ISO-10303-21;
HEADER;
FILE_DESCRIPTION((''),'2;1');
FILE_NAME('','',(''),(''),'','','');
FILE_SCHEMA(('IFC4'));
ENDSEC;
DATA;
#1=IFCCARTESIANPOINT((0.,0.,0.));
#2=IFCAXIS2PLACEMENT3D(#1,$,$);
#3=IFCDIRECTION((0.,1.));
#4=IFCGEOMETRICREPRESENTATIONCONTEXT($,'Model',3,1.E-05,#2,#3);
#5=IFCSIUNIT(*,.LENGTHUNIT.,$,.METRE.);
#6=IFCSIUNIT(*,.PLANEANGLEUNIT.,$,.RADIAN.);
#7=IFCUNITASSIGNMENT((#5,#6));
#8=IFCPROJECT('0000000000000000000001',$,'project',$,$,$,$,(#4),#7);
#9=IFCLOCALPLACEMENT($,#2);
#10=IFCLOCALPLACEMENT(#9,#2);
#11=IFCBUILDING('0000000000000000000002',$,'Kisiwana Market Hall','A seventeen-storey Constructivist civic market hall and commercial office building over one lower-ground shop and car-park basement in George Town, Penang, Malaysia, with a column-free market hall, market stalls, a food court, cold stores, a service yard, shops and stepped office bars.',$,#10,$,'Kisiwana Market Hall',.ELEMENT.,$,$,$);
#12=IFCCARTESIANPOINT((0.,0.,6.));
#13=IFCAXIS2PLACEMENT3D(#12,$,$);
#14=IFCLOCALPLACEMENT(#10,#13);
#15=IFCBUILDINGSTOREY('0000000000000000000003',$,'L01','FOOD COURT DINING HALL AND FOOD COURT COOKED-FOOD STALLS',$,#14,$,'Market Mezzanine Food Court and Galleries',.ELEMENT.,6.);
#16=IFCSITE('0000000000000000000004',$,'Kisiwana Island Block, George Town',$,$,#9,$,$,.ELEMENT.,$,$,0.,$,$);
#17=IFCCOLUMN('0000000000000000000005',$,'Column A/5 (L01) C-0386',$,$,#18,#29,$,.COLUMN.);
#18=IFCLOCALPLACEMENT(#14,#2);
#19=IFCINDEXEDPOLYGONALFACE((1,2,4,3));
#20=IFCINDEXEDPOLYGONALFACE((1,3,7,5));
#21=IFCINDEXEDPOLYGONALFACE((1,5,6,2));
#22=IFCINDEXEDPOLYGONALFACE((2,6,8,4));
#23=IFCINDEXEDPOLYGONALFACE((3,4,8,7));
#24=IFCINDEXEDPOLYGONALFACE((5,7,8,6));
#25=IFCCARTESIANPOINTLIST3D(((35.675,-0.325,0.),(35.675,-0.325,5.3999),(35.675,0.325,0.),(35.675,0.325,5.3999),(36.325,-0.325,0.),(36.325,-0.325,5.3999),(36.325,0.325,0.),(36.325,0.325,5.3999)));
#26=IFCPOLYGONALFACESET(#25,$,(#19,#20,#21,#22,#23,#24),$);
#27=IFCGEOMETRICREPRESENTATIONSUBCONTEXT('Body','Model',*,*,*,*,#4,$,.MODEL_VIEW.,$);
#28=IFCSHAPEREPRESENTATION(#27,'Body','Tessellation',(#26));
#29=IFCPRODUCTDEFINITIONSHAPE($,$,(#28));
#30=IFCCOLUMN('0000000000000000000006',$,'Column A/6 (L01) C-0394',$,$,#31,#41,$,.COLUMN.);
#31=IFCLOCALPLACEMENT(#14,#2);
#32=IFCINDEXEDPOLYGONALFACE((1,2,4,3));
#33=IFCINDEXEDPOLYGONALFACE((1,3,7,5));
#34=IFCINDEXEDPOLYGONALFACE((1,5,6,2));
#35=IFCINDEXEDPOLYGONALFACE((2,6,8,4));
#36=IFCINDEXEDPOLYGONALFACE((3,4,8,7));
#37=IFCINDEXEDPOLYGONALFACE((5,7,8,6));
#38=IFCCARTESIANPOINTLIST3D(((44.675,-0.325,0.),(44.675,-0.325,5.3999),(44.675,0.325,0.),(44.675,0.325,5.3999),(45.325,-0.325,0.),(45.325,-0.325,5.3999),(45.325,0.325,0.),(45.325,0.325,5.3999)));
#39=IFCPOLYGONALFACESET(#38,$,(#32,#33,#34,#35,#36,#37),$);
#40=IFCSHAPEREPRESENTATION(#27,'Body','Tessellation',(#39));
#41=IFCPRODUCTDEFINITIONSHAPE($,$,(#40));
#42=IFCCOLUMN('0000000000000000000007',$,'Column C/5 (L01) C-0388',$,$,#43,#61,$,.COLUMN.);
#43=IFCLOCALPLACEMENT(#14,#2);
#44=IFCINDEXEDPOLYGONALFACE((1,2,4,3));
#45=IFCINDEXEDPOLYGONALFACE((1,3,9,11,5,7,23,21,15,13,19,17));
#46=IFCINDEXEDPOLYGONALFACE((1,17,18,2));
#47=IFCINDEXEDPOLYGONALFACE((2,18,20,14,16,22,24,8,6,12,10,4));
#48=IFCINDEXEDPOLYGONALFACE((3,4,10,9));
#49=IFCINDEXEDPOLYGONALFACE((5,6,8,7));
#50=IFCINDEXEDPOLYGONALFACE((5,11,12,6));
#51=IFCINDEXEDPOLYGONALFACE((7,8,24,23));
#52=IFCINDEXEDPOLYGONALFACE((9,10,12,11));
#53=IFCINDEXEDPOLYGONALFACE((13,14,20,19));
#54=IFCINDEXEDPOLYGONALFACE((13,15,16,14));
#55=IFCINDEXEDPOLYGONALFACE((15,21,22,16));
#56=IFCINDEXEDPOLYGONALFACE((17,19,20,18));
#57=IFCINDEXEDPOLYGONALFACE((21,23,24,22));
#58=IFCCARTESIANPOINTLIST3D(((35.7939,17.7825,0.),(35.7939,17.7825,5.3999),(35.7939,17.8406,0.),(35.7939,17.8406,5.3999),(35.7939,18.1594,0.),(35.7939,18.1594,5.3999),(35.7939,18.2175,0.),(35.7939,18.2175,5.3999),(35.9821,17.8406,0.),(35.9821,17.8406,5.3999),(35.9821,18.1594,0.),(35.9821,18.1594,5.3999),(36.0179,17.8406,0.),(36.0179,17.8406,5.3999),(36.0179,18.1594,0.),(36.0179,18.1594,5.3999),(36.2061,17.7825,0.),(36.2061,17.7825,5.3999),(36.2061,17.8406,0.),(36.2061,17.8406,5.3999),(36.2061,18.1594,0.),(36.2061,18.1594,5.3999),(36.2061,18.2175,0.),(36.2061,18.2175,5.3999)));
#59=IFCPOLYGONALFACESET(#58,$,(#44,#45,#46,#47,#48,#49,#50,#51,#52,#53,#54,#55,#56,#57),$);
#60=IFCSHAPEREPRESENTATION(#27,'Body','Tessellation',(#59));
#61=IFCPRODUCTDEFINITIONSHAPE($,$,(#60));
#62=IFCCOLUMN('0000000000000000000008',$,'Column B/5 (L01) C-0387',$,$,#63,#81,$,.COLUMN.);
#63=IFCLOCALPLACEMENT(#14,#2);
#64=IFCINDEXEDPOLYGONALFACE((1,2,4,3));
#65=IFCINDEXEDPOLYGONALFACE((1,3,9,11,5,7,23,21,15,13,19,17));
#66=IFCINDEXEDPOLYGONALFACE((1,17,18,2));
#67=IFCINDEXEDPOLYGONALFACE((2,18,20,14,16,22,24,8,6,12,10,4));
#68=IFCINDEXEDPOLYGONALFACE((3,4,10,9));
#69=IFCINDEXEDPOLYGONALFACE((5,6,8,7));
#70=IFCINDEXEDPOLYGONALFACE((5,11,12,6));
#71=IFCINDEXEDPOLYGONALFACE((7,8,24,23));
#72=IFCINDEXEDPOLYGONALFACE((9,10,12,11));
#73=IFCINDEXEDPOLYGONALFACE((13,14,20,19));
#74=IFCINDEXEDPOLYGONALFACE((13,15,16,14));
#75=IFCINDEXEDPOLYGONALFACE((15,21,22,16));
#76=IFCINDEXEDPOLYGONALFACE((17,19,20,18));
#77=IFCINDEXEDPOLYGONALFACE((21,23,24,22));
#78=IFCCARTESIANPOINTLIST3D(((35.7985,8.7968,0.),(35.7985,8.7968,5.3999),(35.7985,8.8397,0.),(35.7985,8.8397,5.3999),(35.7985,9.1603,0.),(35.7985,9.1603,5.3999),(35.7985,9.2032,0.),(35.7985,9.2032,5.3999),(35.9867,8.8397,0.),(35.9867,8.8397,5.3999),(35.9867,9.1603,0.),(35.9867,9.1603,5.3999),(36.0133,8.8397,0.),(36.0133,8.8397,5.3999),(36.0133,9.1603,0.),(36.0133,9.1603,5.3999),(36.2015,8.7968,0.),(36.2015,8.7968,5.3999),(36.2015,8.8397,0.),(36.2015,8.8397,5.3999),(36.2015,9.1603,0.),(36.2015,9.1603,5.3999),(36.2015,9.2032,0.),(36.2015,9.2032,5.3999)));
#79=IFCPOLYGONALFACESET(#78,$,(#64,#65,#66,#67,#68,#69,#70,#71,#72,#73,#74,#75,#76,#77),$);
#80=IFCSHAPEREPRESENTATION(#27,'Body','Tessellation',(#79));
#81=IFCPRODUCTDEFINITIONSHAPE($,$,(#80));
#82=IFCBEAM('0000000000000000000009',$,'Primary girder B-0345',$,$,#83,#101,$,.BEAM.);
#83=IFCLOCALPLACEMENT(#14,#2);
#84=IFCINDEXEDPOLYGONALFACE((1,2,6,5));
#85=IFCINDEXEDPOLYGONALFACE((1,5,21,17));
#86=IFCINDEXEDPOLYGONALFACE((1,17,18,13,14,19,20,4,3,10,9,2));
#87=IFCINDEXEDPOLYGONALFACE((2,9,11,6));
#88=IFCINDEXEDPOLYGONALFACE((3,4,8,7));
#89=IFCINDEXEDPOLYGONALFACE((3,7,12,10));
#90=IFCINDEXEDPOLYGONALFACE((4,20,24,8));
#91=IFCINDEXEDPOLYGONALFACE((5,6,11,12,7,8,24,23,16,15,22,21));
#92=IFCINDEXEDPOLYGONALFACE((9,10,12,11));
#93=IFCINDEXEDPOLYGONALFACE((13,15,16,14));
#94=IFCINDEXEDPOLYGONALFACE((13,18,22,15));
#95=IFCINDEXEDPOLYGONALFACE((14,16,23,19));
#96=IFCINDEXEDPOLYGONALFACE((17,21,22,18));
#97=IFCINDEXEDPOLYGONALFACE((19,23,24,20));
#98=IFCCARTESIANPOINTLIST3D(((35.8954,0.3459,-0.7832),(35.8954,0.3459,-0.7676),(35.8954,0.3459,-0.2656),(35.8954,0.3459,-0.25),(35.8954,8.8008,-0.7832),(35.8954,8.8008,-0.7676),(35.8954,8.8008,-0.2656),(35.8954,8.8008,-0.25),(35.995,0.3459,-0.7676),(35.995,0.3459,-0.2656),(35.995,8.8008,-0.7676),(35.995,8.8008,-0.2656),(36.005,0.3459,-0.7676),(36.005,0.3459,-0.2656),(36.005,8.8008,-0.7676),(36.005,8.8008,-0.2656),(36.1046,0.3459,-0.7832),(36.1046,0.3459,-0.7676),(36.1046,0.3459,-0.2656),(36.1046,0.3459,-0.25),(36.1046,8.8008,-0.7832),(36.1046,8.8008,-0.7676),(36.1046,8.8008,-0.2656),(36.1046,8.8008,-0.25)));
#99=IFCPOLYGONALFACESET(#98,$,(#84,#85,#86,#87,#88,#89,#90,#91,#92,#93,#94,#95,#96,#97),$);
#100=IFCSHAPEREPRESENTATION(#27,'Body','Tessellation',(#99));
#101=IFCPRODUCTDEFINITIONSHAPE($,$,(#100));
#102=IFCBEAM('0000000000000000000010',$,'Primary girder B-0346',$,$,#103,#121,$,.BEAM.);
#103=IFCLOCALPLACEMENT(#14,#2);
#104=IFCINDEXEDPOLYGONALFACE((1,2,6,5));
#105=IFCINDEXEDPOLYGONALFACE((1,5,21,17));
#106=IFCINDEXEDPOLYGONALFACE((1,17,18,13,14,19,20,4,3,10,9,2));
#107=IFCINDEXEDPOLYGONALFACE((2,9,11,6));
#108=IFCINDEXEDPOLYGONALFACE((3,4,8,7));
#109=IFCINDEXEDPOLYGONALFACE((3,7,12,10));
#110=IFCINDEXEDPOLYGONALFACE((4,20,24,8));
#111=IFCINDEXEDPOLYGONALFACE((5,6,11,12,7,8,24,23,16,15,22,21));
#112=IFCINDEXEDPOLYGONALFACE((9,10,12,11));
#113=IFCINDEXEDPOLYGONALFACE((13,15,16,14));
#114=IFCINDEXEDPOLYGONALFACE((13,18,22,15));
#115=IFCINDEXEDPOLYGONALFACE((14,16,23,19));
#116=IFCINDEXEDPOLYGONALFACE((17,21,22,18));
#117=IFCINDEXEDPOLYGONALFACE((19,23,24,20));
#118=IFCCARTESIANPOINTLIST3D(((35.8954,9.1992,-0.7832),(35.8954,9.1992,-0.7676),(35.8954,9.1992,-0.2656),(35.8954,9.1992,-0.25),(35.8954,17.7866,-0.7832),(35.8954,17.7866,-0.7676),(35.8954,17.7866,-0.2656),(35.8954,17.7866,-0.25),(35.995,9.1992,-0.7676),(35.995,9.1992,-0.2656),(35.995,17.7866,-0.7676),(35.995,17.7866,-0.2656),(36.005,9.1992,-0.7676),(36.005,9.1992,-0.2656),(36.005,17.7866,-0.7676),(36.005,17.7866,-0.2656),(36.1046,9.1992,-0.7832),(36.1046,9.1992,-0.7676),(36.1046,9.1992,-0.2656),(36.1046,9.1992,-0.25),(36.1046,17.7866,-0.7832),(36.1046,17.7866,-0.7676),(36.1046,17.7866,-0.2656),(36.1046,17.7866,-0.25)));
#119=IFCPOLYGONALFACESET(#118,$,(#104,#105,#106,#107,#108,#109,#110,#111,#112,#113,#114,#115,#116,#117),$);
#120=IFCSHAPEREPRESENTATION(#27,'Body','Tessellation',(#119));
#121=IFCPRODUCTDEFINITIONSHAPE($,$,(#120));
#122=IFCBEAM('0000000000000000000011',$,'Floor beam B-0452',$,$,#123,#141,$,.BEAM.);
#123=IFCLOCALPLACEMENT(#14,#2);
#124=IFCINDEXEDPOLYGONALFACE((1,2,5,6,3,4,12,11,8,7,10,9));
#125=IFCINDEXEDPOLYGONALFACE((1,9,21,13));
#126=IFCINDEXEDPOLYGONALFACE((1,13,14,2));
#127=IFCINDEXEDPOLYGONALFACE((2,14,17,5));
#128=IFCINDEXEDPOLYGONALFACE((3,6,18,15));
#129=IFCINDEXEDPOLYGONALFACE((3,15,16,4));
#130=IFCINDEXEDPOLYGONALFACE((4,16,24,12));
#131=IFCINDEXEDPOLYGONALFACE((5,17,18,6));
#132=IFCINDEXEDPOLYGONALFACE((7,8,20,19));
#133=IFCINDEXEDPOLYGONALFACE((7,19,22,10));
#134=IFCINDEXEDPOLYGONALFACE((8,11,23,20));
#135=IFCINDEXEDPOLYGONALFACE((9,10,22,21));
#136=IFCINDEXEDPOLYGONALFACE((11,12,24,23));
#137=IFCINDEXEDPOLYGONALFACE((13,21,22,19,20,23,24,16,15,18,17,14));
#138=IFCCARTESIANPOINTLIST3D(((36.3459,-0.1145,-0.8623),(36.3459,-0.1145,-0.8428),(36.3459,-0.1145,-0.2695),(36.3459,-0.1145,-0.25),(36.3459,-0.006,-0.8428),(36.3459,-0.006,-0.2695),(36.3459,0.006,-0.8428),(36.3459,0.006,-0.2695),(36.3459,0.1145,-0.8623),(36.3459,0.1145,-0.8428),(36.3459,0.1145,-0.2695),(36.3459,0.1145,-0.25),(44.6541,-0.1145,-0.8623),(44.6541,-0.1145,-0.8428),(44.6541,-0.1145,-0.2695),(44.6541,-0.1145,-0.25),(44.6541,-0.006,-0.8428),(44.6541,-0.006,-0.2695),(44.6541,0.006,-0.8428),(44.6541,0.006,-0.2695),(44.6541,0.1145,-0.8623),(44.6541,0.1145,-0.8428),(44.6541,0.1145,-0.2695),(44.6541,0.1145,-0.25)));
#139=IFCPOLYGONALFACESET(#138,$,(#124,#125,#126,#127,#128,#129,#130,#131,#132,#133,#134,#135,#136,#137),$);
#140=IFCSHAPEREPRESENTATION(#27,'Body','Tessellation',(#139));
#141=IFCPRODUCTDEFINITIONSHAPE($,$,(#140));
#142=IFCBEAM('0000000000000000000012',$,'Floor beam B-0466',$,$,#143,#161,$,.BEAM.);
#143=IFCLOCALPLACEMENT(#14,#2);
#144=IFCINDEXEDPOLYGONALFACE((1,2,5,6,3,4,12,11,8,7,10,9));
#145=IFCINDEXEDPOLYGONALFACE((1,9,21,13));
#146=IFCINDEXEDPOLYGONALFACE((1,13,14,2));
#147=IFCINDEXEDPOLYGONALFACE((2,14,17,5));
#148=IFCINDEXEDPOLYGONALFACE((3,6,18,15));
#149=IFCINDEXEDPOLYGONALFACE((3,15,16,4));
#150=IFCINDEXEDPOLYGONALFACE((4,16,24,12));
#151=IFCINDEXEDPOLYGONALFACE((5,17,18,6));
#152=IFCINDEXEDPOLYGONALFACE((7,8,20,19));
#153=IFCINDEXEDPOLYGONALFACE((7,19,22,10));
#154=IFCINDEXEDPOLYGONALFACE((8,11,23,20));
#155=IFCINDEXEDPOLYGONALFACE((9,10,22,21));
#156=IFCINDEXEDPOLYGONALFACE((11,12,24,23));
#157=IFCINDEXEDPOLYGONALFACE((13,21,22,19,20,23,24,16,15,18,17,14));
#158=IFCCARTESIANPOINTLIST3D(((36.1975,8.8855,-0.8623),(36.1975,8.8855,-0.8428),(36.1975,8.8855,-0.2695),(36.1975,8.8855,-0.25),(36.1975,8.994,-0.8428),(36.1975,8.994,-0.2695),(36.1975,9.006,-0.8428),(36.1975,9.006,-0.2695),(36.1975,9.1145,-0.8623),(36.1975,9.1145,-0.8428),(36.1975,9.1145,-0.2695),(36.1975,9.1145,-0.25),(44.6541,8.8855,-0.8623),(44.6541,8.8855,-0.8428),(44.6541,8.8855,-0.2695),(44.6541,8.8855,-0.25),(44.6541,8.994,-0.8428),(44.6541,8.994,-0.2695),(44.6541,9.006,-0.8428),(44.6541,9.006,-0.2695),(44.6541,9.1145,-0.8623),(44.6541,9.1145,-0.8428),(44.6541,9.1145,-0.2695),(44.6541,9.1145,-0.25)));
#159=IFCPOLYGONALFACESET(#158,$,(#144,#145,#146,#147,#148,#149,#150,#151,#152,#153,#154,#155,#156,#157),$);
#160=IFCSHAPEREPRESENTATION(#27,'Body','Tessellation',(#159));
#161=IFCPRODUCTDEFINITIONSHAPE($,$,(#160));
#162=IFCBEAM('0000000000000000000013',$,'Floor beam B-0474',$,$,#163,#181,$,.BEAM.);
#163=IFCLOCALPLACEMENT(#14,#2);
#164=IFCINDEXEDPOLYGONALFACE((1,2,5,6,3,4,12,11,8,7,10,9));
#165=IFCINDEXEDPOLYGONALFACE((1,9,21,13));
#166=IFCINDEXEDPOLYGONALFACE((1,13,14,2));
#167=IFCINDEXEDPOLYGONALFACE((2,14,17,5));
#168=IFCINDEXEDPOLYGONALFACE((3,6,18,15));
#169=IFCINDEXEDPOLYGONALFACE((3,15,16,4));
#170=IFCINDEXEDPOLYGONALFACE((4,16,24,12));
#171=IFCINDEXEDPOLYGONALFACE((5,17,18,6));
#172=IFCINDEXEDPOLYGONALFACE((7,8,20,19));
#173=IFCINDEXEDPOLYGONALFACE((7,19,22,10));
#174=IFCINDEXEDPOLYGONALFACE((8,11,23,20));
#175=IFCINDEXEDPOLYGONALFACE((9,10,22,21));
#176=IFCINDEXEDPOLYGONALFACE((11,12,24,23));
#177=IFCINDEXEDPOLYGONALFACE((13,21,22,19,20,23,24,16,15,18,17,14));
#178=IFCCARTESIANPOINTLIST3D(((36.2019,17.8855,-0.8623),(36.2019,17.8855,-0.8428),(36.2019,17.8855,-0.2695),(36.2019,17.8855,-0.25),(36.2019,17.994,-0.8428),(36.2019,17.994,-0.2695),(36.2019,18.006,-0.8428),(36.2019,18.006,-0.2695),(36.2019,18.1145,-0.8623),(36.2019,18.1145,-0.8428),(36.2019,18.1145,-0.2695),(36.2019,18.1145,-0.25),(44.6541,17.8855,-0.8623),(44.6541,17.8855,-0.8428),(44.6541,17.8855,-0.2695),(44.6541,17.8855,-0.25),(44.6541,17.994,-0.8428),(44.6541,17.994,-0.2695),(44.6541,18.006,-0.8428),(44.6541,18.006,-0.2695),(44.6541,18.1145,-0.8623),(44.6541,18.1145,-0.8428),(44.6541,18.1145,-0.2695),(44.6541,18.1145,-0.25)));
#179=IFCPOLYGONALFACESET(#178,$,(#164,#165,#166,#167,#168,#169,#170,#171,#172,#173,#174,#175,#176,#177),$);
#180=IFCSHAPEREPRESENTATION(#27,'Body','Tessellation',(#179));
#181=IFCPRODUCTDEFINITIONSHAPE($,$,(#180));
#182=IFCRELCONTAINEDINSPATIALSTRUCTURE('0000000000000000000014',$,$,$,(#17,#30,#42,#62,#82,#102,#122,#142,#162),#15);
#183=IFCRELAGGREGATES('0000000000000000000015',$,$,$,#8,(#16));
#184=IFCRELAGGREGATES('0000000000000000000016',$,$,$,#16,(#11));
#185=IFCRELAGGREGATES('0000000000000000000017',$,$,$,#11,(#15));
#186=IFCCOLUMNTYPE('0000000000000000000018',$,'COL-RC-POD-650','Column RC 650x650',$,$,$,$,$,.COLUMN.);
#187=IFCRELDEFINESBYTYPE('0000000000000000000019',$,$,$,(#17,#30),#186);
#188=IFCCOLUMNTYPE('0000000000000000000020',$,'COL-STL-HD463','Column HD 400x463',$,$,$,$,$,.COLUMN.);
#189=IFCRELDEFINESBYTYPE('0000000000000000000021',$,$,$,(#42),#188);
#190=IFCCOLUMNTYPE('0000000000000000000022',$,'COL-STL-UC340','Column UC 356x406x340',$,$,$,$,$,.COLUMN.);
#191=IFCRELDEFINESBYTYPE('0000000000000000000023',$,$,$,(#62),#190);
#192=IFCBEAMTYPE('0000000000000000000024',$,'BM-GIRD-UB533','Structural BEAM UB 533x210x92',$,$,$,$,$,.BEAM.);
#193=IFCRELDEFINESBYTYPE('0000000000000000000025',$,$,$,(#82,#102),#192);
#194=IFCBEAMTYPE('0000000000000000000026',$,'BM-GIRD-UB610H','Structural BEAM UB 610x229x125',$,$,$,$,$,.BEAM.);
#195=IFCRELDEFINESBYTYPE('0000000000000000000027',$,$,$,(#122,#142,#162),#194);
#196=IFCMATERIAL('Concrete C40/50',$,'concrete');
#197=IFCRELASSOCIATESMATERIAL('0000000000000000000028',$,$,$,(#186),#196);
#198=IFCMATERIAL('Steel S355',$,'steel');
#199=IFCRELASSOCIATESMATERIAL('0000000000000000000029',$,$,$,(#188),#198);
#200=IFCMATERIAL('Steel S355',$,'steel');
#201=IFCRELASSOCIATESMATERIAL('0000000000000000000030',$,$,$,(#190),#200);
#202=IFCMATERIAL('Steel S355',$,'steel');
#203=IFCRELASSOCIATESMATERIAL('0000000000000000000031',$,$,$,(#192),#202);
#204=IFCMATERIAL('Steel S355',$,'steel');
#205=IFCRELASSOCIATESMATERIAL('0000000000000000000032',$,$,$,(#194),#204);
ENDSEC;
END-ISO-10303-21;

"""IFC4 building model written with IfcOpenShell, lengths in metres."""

from ifc_helpers import new_model, si_unit, direction, frame, origin, origin_2d, place, context, subcontext, project, spatial, rectangle, i_section, extrude, material, material_profile, profile_set, type_object, element, save


model = new_model("IFC4")

# Units and contexts
model_context = context("Model", 3, precision=1e-05, world=origin(), true_north=direction((0.0, 1.0)))
body_context = subcontext(model_context, "Body", "Model", "MODEL_VIEW")
ifc_project = project(units=[si_unit("LENGTHUNIT", "METRE"), si_unit("PLANEANGLEUNIT", "RADIAN")], contexts=[model_context])

# Site, building, storey
site_placement = place(None, origin())
site = spatial("IfcSite", under=ifc_project, at=site_placement, Name="Kisiwana Island Block, George Town", CompositionType="ELEMENT", RefElevation=0.0)
building_placement = place(site_placement, origin())
building = spatial("IfcBuilding", under=site, at=building_placement, Name="Kisiwana Market Hall", Description="A seventeen-storey Constructivist civic market hall and commercial office building over one lower-ground shop and car-park basement in George Town, Penang, Malaysia, with a column-free market hall, market stalls, a food court, cold stores, a service yard, shops and stepped office bars.", LongName="Kisiwana Market Hall", CompositionType="ELEMENT")
storey_placement = place(building_placement, frame((0.0, 0.0, 6.0)))
storey = spatial("IfcBuildingStorey", under=building, at=storey_placement, Name="L01", Description="FOOD COURT DINING HALL AND FOOD COURT COOKED-FOOD STALLS", LongName="Market Mezzanine Food Court and Galleries", CompositionType="ELEMENT", Elevation=6.0)

# Columns
ifc_material_1 = material(Name="Concrete C40/50", Category="concrete")
ifc_material_profile_1 = material_profile(ifc_material_1, rectangle(XDim=0.6499, YDim=0.6499, at=origin_2d()), Name="RC 650x650")
ifc_profile_set_1 = profile_set([ifc_material_profile_1], Name="Concrete C40/50")
column_type_1 = type_object("IfcColumnType", Name="COL-RC-POD-650", Description="Column RC 650x650", PredefinedType="COLUMN", material=ifc_profile_set_1)
for number, where, z_axis, x_axis, name in (
    (1, (36.0, 0.0, 0.0), (0.0, 0.0, 1.0), (1.0, 0.0, 0.0), "Column A/5 (L01) C-0386"),
    (2, (45.0, 0.0, 0.0), (0.0, 0.0, 1.0), (1.0, 0.0, 0.0), "Column A/6 (L01) C-0394"),
):
    element("IfcColumn", number, at=place(storey_placement, frame(where, z_axis=z_axis, x_axis=x_axis)), inside=storey, type_object=column_type_1, Name=name, PredefinedType="COLUMN", context=body_context, shape_type="SweptSolid", body=[
        extrude(rectangle(XDim=0.6499, YDim=0.6499, at=origin_2d()), origin(), (0.0, 0.0, 1.0), 5.3999),
    ])
ifc_material_2 = material(Name="Steel S355", Category="steel")
ifc_material_profile_2 = material_profile(ifc_material_2, i_section(OverallWidth=0.4121, OverallDepth=0.4351, WebThickness=0.0359, FlangeThickness=0.0581, at=origin_2d()), Name="HD 400x463")
ifc_profile_set_2 = profile_set([ifc_material_profile_2], Name="Steel S355")
column_type_2 = type_object("IfcColumnType", Name="COL-STL-HD463", Description="Column HD 400x463", PredefinedType="COLUMN", material=ifc_profile_set_2)
column_1_placement = place(storey_placement, frame((36.0, 18.0, 0.0), z_axis=(0.0, 0.0, 1.0), x_axis=(1.0, 0.0, 0.0)))
element("IfcColumn", 3, at=column_1_placement, inside=storey, type_object=column_type_2, Name="Column C/5 (L01) C-0388", PredefinedType="COLUMN", context=body_context, shape_type="SweptSolid", body=[
    extrude(i_section(OverallWidth=0.4121, OverallDepth=0.4351, WebThickness=0.0359, FlangeThickness=0.0581, at=origin_2d()), origin(), (0.0, 0.0, 1.0), 5.3999),
])
ifc_material_3 = material(Name="Steel S355", Category="steel")
ifc_material_profile_3 = material_profile(ifc_material_3, i_section(OverallWidth=0.4031, OverallDepth=0.4065, WebThickness=0.0266, FlangeThickness=0.043, at=origin_2d()), Name="UC 356x406x340")
ifc_profile_set_3 = profile_set([ifc_material_profile_3], Name="Steel S355")
column_type_3 = type_object("IfcColumnType", Name="COL-STL-UC340", Description="Column UC 356x406x340", PredefinedType="COLUMN", material=ifc_profile_set_3)
column_2_placement = place(storey_placement, frame((36.0, 9.0, 0.0), z_axis=(0.0, 0.0, 1.0), x_axis=(1.0, 0.0, 0.0)))
element("IfcColumn", 4, at=column_2_placement, inside=storey, type_object=column_type_3, Name="Column B/5 (L01) C-0387", PredefinedType="COLUMN", context=body_context, shape_type="SweptSolid", body=[
    extrude(i_section(OverallWidth=0.4031, OverallDepth=0.4065, WebThickness=0.0266, FlangeThickness=0.043, at=origin_2d()), origin(), (0.0, 0.0, 1.0), 5.3999),
])

# Beams
ifc_material_4 = material(Name="Steel S355", Category="steel")
ifc_material_profile_4 = material_profile(ifc_material_4, i_section(OverallWidth=0.2092, OverallDepth=0.5332, WebThickness=0.01, FlangeThickness=0.0156, at=origin_2d()), Name="UB 533x210x92")
ifc_profile_set_4 = profile_set([ifc_material_profile_4], Name="Steel S355")
beam_type_1 = type_object("IfcBeamType", Name="BM-GIRD-UB533", Description="Structural BEAM UB 533x210x92", PredefinedType="BEAM", material=ifc_profile_set_4)
beam_1_placement = place(storey_placement, frame((36.0, 0.3459, -0.5166), z_axis=(0.0, 1.0, 0.0), x_axis=(-1.0, 0.0, 0.0)))
element("IfcBeam", 5, at=beam_1_placement, inside=storey, type_object=beam_type_1, Name="Primary girder B-0345", PredefinedType="BEAM", context=body_context, shape_type="SweptSolid", body=[
    extrude(i_section(OverallWidth=0.2092, OverallDepth=0.5332, WebThickness=0.01, FlangeThickness=0.0156, at=origin_2d()), origin(), (0.0, 0.0, 1.0), 8.4548),
])
beam_2_placement = place(storey_placement, frame((36.0, 9.1992, -0.5166), z_axis=(0.0, 1.0, 0.0), x_axis=(-1.0, 0.0, 0.0)))
element("IfcBeam", 6, at=beam_2_placement, inside=storey, type_object=beam_type_1, Name="Primary girder B-0346", PredefinedType="BEAM", context=body_context, shape_type="SweptSolid", body=[
    extrude(i_section(OverallWidth=0.2092, OverallDepth=0.5332, WebThickness=0.01, FlangeThickness=0.0156, at=origin_2d()), origin(), (0.0, 0.0, 1.0), 8.5874),
])
ifc_material_5 = material(Name="Steel S355", Category="steel")
ifc_material_profile_5 = material_profile(ifc_material_5, i_section(OverallWidth=0.229, OverallDepth=0.6123, WebThickness=0.012, FlangeThickness=0.0195, at=origin_2d()), Name="UB 610x229x125")
ifc_profile_set_5 = profile_set([ifc_material_profile_5], Name="Steel S355")
beam_type_2 = type_object("IfcBeamType", Name="BM-GIRD-UB610H", Description="Structural BEAM UB 610x229x125", PredefinedType="BEAM", material=ifc_profile_set_5)
beam_3_placement = place(storey_placement, frame((36.3459, 0.0, -0.5562), z_axis=(1.0, 0.0, 0.0), x_axis=(0.0, 1.0, 0.0)))
element("IfcBeam", 7, at=beam_3_placement, inside=storey, type_object=beam_type_2, Name="Floor beam B-0452", PredefinedType="BEAM", context=body_context, shape_type="SweptSolid", body=[
    extrude(i_section(OverallWidth=0.229, OverallDepth=0.6123, WebThickness=0.012, FlangeThickness=0.0195, at=origin_2d()), origin(), (0.0, 0.0, 1.0), 8.3081),
])
beam_4_placement = place(storey_placement, frame((36.1975, 9.0, -0.5562), z_axis=(1.0, 0.0, 0.0), x_axis=(0.0, 1.0, 0.0)))
element("IfcBeam", 8, at=beam_4_placement, inside=storey, type_object=beam_type_2, Name="Floor beam B-0466", PredefinedType="BEAM", context=body_context, shape_type="SweptSolid", body=[
    extrude(i_section(OverallWidth=0.229, OverallDepth=0.6123, WebThickness=0.012, FlangeThickness=0.0195, at=origin_2d()), origin(), (0.0, 0.0, 1.0), 8.4565),
])
beam_5_placement = place(storey_placement, frame((36.2019, 18.0, -0.5562), z_axis=(1.0, 0.0, 0.0), x_axis=(0.0, 1.0, 0.0)))
element("IfcBeam", 9, at=beam_5_placement, inside=storey, type_object=beam_type_2, Name="Floor beam B-0474", PredefinedType="BEAM", context=body_context, shape_type="SweptSolid", body=[
    extrude(i_section(OverallWidth=0.229, OverallDepth=0.6123, WebThickness=0.012, FlangeThickness=0.0195, at=origin_2d()), origin(), (0.0, 0.0, 1.0), 8.4521),
])

save(model, "model.ifc")
